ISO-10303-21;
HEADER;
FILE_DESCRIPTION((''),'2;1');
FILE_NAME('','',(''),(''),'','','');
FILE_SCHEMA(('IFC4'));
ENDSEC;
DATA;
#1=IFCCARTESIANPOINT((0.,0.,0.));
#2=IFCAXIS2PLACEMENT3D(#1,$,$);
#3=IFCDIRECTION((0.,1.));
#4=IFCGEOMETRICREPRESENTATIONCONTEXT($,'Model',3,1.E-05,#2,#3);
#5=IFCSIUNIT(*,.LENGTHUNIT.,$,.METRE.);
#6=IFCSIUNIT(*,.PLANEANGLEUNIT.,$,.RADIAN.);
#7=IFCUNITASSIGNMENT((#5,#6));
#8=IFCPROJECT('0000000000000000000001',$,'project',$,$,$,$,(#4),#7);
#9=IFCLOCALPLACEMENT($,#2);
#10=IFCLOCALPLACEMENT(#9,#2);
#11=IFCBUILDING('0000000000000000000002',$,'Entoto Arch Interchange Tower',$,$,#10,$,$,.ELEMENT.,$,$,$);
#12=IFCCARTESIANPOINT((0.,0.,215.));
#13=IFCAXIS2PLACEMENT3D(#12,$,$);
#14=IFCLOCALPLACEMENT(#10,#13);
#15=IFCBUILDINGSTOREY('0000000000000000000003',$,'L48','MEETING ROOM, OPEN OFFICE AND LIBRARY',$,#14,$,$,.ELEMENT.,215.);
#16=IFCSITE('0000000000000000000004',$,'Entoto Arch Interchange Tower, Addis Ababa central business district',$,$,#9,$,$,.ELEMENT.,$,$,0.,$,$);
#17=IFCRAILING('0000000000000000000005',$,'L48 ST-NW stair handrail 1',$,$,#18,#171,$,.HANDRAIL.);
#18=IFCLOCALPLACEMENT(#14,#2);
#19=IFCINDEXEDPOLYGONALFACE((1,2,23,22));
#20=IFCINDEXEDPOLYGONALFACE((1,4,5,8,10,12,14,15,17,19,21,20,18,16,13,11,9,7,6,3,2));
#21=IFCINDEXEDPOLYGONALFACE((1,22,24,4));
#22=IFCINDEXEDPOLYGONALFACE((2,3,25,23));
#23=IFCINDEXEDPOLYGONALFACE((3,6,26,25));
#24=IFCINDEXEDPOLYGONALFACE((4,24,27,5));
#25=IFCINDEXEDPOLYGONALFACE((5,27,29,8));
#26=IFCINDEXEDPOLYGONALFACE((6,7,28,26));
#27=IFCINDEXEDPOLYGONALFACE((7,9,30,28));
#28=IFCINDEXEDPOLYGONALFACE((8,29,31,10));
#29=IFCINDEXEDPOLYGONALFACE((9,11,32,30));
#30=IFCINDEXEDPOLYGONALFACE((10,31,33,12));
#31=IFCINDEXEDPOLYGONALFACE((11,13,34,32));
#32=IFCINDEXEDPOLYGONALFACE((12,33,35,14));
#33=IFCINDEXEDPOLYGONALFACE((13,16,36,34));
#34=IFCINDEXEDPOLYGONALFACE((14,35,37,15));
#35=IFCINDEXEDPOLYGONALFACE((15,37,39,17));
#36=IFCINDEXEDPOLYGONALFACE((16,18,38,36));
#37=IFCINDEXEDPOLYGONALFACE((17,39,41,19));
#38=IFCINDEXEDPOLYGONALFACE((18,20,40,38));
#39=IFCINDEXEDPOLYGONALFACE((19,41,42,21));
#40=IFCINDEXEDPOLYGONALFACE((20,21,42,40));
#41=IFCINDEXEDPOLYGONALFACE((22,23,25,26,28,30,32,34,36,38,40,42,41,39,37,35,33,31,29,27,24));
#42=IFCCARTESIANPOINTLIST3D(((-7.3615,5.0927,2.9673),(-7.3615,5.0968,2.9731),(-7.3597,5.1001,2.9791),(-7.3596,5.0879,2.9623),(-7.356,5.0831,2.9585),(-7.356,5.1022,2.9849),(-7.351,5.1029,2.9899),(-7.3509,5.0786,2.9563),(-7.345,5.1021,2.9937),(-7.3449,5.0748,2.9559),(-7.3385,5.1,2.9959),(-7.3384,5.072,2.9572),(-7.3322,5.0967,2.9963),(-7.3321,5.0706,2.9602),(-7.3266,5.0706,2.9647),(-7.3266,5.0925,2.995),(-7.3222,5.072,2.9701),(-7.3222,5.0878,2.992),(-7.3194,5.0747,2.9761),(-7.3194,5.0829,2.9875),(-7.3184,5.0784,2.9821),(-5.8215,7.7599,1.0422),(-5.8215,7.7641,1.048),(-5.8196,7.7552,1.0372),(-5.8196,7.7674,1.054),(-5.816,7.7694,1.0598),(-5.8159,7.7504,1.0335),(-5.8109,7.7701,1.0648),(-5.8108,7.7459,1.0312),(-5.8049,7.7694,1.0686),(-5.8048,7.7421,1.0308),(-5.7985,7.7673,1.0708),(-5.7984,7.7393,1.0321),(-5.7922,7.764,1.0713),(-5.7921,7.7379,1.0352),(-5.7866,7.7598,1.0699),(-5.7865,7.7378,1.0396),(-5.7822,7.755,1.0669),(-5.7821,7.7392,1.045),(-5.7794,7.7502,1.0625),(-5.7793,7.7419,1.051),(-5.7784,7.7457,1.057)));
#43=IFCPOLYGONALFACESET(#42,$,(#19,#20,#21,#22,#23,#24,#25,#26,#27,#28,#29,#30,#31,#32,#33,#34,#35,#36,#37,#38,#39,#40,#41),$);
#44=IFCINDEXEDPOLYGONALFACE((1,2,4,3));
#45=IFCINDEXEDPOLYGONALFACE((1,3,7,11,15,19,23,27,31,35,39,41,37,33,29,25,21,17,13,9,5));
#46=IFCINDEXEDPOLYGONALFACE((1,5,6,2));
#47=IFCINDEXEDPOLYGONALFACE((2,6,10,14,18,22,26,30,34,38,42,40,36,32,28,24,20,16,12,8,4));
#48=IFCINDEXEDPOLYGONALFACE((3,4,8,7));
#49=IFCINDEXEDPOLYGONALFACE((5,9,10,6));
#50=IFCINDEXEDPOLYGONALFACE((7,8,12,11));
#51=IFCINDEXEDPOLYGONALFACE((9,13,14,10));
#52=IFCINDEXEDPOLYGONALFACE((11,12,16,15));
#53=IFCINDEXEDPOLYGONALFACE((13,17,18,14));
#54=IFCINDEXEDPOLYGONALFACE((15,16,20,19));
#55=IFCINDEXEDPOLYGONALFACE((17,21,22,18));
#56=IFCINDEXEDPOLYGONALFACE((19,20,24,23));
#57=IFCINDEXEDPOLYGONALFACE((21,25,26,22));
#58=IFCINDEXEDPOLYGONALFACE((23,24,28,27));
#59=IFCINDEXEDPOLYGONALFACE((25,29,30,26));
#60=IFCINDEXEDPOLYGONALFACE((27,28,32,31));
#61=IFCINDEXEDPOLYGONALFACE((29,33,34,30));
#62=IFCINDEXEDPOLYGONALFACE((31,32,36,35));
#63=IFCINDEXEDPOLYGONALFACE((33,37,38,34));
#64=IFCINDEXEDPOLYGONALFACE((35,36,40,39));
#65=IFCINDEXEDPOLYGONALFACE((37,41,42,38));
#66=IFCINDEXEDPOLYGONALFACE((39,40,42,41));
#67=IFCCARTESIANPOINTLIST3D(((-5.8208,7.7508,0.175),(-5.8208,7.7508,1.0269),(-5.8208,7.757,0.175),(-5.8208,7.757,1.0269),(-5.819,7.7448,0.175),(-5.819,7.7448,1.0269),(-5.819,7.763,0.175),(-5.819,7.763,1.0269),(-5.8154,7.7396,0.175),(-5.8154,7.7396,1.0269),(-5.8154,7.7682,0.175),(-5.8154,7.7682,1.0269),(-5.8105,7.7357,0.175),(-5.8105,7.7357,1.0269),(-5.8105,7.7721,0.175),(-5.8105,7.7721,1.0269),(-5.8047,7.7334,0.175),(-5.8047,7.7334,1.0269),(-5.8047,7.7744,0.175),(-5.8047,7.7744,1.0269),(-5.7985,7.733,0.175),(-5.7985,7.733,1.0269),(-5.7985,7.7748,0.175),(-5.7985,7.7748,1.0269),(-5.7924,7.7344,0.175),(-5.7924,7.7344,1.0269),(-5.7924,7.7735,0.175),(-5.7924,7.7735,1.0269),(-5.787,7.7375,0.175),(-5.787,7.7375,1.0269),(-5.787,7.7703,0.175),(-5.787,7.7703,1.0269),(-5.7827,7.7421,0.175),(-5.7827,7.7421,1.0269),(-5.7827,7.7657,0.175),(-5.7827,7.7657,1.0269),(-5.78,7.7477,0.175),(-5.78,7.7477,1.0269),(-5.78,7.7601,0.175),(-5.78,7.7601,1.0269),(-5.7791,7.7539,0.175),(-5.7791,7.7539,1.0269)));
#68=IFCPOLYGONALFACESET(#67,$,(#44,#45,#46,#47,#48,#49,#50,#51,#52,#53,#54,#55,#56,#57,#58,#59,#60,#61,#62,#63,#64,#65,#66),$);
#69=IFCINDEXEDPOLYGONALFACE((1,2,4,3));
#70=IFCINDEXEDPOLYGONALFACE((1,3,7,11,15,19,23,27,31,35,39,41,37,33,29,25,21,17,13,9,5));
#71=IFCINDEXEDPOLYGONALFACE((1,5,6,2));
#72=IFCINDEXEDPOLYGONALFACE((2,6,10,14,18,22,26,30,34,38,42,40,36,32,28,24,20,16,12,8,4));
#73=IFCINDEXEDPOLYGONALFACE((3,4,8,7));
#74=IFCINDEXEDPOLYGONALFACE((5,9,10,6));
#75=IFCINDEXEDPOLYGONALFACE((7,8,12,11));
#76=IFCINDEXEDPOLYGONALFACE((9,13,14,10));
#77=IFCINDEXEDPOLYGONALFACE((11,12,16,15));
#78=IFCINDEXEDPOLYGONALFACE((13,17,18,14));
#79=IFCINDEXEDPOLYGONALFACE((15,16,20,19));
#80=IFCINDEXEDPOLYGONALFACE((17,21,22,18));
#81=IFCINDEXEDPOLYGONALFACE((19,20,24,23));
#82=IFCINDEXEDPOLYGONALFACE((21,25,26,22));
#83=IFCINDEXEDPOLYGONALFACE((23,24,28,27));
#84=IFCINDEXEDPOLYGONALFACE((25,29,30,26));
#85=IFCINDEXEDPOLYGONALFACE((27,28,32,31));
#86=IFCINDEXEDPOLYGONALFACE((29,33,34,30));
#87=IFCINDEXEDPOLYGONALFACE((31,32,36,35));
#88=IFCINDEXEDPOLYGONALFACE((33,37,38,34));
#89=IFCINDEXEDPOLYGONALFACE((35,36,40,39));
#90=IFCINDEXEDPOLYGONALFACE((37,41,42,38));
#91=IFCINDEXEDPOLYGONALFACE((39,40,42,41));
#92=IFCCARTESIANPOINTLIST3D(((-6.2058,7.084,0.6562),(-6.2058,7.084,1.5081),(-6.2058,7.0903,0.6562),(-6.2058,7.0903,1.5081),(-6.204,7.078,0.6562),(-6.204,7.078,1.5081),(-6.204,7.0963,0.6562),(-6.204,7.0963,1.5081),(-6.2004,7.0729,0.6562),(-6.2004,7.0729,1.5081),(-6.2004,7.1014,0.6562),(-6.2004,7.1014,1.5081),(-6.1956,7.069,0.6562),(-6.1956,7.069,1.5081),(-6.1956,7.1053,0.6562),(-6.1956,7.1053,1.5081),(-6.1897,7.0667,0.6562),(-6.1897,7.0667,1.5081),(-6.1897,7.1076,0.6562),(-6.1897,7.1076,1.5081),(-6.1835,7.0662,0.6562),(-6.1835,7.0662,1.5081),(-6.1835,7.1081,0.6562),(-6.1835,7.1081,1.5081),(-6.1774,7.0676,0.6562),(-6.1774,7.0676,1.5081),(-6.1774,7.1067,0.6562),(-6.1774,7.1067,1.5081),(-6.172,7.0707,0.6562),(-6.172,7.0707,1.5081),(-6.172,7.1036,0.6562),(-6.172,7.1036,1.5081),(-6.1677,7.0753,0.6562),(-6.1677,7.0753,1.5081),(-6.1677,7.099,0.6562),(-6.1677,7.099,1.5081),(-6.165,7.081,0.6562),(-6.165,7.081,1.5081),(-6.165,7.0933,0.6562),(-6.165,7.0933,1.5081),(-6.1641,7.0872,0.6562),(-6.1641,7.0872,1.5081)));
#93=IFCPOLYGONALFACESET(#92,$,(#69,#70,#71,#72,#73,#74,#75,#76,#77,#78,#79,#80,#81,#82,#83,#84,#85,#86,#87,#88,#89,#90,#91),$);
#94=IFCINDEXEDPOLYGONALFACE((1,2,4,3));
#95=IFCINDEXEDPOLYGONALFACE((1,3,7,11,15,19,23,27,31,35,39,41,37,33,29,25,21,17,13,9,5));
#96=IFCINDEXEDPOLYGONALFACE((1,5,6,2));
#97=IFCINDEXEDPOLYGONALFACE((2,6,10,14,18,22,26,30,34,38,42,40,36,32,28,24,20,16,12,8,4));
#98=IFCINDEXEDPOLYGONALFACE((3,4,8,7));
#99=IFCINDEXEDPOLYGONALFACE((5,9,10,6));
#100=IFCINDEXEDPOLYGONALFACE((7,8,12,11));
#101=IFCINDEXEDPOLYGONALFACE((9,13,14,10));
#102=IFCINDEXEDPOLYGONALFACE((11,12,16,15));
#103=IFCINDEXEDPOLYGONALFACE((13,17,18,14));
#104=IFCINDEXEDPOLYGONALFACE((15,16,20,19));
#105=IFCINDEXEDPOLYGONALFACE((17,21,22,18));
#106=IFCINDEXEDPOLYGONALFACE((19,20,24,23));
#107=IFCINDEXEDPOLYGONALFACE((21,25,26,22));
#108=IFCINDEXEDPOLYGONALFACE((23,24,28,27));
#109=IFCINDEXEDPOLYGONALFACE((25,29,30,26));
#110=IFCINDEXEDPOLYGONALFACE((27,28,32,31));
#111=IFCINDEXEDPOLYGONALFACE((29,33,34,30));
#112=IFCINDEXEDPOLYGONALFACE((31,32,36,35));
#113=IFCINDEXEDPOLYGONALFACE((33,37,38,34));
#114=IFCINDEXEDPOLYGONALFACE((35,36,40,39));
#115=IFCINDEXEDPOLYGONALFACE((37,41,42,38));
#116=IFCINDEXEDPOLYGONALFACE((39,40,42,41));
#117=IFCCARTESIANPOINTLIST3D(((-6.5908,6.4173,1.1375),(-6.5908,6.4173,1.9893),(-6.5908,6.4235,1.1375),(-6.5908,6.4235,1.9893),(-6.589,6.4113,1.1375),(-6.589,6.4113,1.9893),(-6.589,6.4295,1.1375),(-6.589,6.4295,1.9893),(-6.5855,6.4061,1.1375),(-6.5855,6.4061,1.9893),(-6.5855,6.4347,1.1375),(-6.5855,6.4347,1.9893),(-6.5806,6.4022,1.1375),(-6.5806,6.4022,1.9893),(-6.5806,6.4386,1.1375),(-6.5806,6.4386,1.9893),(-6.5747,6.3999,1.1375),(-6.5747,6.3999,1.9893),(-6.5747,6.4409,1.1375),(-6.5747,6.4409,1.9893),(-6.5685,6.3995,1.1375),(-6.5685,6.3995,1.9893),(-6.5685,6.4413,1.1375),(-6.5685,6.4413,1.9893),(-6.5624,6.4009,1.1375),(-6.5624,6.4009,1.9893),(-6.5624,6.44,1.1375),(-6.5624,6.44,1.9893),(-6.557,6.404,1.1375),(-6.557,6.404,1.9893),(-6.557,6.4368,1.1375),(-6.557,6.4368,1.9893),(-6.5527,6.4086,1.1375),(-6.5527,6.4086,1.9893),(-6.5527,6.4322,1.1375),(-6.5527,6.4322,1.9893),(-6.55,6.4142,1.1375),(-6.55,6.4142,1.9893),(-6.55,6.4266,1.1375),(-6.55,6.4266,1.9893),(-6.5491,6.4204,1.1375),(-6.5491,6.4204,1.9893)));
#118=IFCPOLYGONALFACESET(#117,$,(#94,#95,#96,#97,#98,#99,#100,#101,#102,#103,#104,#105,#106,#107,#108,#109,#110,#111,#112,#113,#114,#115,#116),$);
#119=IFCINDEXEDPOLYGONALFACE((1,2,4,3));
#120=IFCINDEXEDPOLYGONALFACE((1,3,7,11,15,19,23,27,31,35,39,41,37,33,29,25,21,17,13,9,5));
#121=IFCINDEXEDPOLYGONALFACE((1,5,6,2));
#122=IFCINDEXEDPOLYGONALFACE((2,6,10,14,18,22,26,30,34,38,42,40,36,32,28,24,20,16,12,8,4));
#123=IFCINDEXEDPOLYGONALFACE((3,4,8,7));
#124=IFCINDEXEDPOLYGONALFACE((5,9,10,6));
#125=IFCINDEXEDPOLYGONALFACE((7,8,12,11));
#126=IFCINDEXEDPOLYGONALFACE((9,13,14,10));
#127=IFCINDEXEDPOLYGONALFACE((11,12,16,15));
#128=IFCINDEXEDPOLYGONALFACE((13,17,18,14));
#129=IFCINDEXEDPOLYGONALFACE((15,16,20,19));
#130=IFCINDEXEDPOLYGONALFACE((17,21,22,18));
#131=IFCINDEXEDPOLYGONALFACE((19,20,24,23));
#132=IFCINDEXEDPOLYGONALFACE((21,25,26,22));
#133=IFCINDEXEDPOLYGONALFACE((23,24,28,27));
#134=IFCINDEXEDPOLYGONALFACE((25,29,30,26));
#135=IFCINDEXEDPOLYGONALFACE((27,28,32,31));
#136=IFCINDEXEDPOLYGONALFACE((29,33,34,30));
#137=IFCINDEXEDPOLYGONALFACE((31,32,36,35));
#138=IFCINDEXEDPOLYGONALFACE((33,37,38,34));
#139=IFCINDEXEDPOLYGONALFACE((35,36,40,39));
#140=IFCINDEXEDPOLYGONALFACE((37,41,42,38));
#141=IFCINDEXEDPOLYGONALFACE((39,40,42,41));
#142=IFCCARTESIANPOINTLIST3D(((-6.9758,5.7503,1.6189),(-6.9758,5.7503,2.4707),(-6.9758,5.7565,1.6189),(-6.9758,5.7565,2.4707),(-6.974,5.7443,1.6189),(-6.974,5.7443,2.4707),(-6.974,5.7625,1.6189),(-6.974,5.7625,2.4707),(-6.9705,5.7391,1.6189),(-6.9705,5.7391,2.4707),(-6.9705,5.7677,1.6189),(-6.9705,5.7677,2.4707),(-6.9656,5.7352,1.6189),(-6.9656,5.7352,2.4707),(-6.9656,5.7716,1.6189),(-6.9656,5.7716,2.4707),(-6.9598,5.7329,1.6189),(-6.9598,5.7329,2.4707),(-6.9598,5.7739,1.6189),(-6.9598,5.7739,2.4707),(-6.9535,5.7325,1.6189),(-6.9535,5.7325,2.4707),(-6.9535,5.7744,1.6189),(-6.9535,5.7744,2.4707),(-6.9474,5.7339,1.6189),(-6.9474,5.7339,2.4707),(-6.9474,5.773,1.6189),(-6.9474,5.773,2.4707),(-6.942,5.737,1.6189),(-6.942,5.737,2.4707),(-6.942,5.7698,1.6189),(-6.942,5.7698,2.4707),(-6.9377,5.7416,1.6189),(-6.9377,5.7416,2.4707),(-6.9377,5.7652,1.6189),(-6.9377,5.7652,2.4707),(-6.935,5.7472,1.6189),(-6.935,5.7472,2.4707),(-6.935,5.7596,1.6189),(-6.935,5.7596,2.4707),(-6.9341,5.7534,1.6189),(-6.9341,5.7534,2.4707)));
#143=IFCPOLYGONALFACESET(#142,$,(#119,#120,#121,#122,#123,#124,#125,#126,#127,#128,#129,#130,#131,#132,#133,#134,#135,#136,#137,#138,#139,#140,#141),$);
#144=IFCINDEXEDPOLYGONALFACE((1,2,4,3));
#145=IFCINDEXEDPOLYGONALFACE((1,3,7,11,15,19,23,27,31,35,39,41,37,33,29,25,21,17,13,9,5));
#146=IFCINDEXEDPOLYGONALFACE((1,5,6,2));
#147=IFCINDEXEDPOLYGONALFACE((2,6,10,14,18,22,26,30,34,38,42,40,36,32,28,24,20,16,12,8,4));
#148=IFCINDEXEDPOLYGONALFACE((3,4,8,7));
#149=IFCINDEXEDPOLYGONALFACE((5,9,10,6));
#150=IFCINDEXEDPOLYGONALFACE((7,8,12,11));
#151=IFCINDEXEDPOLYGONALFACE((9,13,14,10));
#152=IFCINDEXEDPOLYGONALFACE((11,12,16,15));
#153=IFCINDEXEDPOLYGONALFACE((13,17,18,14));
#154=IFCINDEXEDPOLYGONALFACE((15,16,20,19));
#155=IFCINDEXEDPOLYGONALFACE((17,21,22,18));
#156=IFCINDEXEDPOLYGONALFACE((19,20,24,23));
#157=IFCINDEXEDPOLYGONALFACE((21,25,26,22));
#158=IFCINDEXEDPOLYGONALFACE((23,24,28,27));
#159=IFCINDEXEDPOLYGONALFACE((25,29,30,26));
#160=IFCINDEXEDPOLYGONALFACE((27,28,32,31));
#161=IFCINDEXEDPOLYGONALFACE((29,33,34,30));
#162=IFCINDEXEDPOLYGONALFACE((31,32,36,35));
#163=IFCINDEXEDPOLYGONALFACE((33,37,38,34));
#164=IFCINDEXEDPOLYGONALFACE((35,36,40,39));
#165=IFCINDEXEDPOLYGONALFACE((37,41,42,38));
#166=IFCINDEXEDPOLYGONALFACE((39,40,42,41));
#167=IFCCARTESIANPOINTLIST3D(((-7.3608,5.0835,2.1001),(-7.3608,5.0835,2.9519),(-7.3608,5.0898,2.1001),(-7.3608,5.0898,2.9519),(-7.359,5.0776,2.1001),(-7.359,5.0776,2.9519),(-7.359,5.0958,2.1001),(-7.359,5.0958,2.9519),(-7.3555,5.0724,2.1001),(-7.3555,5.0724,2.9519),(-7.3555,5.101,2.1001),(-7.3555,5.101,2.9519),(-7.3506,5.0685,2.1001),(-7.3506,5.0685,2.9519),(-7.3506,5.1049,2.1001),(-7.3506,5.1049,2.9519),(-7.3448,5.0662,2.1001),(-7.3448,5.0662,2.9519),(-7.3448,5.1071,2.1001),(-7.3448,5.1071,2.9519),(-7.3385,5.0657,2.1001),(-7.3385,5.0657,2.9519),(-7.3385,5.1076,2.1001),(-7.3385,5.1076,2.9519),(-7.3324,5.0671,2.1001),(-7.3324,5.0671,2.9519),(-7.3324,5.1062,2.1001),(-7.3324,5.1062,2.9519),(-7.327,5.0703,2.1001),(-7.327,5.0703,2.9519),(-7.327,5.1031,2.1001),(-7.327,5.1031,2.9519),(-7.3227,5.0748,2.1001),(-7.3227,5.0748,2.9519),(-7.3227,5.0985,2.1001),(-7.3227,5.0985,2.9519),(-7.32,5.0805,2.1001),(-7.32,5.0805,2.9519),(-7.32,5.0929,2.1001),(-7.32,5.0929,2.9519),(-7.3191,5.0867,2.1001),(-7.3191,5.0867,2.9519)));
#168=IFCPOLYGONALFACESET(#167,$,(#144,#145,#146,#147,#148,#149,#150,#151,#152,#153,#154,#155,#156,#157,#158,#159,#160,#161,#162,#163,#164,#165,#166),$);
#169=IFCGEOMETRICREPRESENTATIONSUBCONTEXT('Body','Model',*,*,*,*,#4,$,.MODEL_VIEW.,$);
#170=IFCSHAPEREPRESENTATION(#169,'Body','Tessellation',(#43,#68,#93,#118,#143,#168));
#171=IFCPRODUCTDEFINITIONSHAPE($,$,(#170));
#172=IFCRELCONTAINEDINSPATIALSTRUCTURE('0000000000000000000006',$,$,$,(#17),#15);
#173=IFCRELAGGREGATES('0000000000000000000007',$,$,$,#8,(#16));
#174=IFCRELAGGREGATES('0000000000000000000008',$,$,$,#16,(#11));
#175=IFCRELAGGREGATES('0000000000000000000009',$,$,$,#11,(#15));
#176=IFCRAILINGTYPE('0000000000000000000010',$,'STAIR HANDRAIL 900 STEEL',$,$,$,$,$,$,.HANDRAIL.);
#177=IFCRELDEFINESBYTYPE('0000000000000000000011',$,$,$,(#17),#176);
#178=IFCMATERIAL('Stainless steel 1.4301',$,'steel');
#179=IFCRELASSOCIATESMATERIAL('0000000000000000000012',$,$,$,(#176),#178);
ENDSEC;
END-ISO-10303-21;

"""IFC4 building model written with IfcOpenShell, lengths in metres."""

from ifc_helpers import new_model, si_unit, direction, frame, origin, origin_2d, place, context, subcontext, project, spatial, circle, extrude, material, type_object, element, save


model = new_model("IFC4")

# Units and contexts
model_context = context("Model", 3, precision=1e-05, world=origin(), true_north=direction((0.0, 1.0)))
body_context = subcontext(model_context, "Body", "Model", "MODEL_VIEW")
ifc_project = project(units=[si_unit("LENGTHUNIT", "METRE"), si_unit("PLANEANGLEUNIT", "RADIAN")], contexts=[model_context])

# Site, building, storey
site_placement = place(None, origin())
site = spatial("IfcSite", under=ifc_project, at=site_placement, Name="Entoto Arch Interchange Tower, Addis Ababa central business district", CompositionType="ELEMENT", RefElevation=0.0)
building_placement = place(site_placement, origin())
building = spatial("IfcBuilding", under=site, at=building_placement, Name="Entoto Arch Interchange Tower", CompositionType="ELEMENT")
storey_placement = place(building_placement, frame((0.0, 0.0, 215.0)))
storey = spatial("IfcBuildingStorey", under=building, at=storey_placement, Name="L48", Description="MEETING ROOM, OPEN OFFICE AND LIBRARY", CompositionType="ELEMENT", Elevation=215.0)

# Railing
ifc_material_1 = material(Name="Stainless steel 1.4301", Category="steel")
railing_type_1 = type_object("IfcRailingType", Name="STAIR HANDRAIL 900 STEEL", PredefinedType="HANDRAIL", material=ifc_material_1)
railing_1_placement = place(storey_placement, frame((-5.8, 7.7539, 0.175)))
element("IfcRailing", 1, at=railing_1_placement, inside=storey, type_object=railing_type_1, Name="L48 ST-NW stair handrail 1", PredefinedType="HANDRAIL", context=body_context, shape_type="SweptSolid", body=[
    extrude(circle(Radius=0.0239, at=origin_2d()), frame((0.0, 0.0, 0.876), z_axis=(-0.424015, -0.734364, 0.530019), x_axis=(0.86601, -0.500027, 0.0)), (0.0, 0.0, 1.0), 3.6321),
    extrude(circle(Radius=0.021, at=origin_2d()), origin(), (0.0, 0.0, 1.0), 0.8518),
    extrude(circle(Radius=0.021, at=origin_2d()), frame((-0.385, -0.6667, 0.4812)), (0.0, 0.0, 1.0), 0.8518),
    extrude(circle(Radius=0.021, at=origin_2d()), frame((-0.77, -1.3335, 0.9624)), (0.0, 0.0, 1.0), 0.8518),
    extrude(circle(Radius=0.021, at=origin_2d()), frame((-1.155, -2.0005, 1.4438)), (0.0, 0.0, 1.0), 0.8518),
    extrude(circle(Radius=0.021, at=origin_2d()), frame((-1.54, -2.6672, 1.925)), (0.0, 0.0, 1.0), 0.8518),
])

save(model, "model.ifc")
